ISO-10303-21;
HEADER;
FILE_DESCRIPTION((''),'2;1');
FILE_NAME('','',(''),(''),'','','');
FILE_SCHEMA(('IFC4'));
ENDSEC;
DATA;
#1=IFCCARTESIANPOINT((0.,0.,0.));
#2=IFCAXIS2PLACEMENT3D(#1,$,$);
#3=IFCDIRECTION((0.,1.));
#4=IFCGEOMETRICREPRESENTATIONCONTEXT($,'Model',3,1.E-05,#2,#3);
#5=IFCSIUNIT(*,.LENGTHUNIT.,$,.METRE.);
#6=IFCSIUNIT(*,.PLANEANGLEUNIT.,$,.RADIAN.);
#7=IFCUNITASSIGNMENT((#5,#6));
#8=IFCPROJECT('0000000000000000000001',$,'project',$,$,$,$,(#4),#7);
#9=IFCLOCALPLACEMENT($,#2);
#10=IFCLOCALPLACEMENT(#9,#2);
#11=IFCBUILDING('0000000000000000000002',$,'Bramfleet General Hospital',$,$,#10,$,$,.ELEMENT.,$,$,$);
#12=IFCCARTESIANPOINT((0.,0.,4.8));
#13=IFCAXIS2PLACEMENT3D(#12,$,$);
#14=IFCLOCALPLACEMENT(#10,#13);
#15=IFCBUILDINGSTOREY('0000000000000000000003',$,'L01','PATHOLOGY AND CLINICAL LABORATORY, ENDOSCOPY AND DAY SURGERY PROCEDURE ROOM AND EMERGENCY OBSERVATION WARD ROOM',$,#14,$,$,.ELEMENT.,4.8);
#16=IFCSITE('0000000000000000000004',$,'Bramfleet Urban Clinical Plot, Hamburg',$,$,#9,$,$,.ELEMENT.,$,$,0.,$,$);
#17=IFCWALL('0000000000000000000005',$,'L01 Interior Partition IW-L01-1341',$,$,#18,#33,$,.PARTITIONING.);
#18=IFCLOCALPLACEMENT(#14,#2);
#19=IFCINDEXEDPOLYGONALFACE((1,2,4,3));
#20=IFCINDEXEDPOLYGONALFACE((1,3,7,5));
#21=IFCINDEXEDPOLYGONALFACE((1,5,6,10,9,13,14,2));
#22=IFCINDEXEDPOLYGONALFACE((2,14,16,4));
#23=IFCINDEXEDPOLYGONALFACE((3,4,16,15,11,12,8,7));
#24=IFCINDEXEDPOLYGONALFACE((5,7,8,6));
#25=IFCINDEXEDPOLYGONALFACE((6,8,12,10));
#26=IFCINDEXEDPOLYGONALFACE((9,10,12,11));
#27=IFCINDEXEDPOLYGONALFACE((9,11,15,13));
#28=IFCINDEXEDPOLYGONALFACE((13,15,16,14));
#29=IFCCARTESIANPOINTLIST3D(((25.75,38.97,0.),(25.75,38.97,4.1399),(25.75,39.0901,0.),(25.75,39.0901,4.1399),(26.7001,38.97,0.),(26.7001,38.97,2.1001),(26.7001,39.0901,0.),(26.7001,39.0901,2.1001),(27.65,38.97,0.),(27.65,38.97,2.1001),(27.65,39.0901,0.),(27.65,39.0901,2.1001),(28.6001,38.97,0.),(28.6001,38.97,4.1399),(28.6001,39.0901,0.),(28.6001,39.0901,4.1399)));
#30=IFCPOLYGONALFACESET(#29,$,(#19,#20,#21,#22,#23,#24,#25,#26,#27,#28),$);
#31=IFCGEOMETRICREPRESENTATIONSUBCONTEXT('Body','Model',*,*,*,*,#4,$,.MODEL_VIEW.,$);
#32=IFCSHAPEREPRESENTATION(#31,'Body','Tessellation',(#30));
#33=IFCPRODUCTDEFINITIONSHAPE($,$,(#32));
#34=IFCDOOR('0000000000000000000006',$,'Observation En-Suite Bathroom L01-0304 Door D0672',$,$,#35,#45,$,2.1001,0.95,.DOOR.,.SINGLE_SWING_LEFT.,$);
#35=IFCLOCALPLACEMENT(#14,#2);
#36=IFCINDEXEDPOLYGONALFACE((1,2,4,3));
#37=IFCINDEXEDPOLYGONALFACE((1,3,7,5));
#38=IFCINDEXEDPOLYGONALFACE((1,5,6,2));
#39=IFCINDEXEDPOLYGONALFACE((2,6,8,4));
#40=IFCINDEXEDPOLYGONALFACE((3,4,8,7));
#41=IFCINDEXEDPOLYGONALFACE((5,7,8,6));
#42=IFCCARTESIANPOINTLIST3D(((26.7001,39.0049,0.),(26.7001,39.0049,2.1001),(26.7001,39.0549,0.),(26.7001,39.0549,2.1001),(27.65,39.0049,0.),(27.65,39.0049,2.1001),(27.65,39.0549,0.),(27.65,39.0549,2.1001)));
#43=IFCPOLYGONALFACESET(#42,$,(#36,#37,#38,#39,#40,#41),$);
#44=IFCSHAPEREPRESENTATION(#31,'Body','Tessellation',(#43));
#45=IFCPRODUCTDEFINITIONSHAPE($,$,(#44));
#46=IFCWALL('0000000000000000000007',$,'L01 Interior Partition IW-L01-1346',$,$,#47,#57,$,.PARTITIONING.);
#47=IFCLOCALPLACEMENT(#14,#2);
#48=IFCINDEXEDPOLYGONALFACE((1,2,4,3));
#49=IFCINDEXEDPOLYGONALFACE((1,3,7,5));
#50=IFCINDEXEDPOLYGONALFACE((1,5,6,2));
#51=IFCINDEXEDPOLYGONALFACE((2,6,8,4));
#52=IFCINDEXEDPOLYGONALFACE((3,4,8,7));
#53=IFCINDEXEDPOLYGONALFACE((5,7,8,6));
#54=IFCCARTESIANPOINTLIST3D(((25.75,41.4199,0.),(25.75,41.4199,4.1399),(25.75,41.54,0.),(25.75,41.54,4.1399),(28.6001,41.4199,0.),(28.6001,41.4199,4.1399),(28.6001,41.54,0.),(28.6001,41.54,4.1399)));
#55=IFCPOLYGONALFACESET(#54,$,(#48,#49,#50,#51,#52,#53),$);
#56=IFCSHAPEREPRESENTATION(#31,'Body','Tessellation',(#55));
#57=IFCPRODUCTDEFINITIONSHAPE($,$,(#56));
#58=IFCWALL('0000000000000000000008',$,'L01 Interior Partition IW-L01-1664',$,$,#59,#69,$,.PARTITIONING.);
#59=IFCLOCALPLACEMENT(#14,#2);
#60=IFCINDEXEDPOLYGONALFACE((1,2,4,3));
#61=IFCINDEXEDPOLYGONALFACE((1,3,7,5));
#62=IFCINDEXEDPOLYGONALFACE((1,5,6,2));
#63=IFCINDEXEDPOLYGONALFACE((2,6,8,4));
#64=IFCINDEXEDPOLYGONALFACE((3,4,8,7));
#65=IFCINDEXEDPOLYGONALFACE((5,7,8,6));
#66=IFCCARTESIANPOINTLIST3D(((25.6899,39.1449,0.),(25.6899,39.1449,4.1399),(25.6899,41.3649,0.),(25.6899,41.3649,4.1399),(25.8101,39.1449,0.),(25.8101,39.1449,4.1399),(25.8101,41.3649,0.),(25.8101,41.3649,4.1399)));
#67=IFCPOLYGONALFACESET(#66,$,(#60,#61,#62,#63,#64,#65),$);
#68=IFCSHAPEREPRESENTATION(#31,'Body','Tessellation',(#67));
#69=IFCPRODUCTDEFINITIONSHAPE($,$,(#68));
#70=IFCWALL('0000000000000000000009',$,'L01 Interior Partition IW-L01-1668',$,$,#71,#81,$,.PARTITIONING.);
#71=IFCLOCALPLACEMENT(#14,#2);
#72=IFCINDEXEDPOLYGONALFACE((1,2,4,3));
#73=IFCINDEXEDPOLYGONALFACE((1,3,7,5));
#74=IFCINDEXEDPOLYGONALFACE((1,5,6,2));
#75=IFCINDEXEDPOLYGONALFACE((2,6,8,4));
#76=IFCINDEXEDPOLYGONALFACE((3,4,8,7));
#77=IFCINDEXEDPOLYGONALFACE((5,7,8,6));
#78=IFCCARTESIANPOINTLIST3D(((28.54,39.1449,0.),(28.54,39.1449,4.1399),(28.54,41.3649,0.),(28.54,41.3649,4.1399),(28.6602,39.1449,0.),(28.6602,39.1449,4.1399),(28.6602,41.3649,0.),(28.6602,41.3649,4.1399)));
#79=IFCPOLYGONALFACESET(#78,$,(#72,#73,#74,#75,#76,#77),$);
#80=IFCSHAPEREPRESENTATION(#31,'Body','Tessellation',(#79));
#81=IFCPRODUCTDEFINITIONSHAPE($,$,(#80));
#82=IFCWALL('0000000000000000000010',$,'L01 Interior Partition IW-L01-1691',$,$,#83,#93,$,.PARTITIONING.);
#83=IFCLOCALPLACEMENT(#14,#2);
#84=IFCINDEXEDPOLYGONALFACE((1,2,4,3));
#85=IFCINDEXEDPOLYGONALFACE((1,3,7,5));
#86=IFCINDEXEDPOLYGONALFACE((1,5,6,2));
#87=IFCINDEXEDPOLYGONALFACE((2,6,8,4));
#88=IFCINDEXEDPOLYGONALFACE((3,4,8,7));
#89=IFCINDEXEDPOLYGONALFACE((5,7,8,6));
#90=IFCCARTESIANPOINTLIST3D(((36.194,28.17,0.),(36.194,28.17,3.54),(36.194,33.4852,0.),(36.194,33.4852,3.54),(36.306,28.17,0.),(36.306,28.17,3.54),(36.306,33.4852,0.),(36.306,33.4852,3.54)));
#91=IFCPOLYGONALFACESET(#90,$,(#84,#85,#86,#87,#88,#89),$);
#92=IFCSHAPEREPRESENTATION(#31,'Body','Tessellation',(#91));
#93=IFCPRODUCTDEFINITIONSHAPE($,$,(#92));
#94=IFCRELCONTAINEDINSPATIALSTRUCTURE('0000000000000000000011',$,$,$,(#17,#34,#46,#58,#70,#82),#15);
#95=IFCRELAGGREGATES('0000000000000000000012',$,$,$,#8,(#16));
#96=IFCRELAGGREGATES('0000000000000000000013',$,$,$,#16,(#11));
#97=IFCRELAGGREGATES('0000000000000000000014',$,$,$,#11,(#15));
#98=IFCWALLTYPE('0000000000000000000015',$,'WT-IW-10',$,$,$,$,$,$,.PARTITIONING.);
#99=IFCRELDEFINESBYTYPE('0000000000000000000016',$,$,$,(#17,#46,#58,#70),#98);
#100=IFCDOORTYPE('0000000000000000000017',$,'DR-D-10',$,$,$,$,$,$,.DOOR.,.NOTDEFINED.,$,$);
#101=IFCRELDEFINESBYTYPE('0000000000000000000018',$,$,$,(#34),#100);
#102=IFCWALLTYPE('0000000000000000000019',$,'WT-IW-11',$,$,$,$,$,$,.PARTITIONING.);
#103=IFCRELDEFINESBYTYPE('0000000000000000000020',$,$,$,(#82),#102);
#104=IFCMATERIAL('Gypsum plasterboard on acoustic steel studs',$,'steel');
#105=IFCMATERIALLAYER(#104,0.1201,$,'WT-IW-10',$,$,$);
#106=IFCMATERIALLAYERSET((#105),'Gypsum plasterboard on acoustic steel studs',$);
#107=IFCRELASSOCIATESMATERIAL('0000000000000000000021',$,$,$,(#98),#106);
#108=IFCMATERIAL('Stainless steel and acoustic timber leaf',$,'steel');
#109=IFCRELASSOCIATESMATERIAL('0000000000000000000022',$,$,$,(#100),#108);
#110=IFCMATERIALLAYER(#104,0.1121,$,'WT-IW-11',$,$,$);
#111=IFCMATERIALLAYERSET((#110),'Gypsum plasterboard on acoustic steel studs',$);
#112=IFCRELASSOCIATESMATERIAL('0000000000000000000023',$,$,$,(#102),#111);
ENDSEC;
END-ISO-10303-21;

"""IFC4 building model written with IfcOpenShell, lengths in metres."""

from ifc_helpers import new_model, si_unit, direction, frame, frame_2d, origin, place, context, subcontext, project, spatial, rectangle, extrude, material, layer, layer_set, type_object, element, fill, save


model = new_model("IFC4")

# Units and contexts
model_context = context("Model", 3, precision=1e-05, world=origin(), true_north=direction((0.0, 1.0)))
body_context = subcontext(model_context, "Body", "Model", "MODEL_VIEW")
ifc_project = project(units=[si_unit("LENGTHUNIT", "METRE"), si_unit("PLANEANGLEUNIT", "RADIAN")], contexts=[model_context])

# Site, building, storey
site_placement = place(None, origin())
site = spatial("IfcSite", under=ifc_project, at=site_placement, Name="Bramfleet Urban Clinical Plot, Hamburg", CompositionType="ELEMENT", RefElevation=0.0)
building_placement = place(site_placement, origin())
building = spatial("IfcBuilding", under=site, at=building_placement, Name="Bramfleet General Hospital", CompositionType="ELEMENT")
storey_placement = place(building_placement, frame((0.0, 0.0, 4.8)))
storey = spatial("IfcBuildingStorey", under=building, at=storey_placement, Name="L01", Description="PATHOLOGY AND CLINICAL LABORATORY, ENDOSCOPY AND DAY SURGERY PROCEDURE ROOM AND EMERGENCY OBSERVATION WARD ROOM", CompositionType="ELEMENT", Elevation=4.8)

# Shared definitions
ifc_material_1 = material(Name="Gypsum plasterboard on acoustic steel studs", Category="steel")
ifc_material_2 = material(Name="Stainless steel and acoustic timber leaf", Category="steel")

# Wall, opening, door
ifc_layer_1 = layer(ifc_material_1, 0.1201, Name="WT-IW-10")
ifc_layer_set_1 = layer_set([ifc_layer_1], Name="Gypsum plasterboard on acoustic steel studs")
wall_type_1 = type_object("IfcWallType", Name="WT-IW-10", PredefinedType="PARTITIONING", material=ifc_layer_set_1)
wall_1_placement = place(storey_placement, frame((25.75, 39.03, 0.0), z_axis=(0.0, 0.0, 1.0), x_axis=(1.0, 0.0, 0.0)))
wall_1 = element("IfcWall", 1, at=wall_1_placement, inside=storey, type_object=wall_type_1, Name="L01 Interior Partition IW-L01-1341", PredefinedType="PARTITIONING", context=body_context, shape_type="SweptSolid", body=[
    extrude(rectangle(XDim=2.8501, YDim=0.1201, at=frame_2d((1.425, 0.0))), origin(), (0.0, 0.0, 1.0), 4.1399),
])
opening_1_placement = place(wall_1_placement, frame((0.95, 0.0, 0.0)))
opening_1 = element("IfcOpeningElement", 2, at=opening_1_placement, cuts=wall_1, PredefinedType="OPENING", context=body_context, shape_type="SweptSolid", body=[
    extrude(rectangle(XDim=0.95, YDim=2.1001, at=frame_2d((0.4751, 1.05))), frame((0.0, 0.0701, 0.0), z_axis=(0.0, -1.0, 0.0), x_axis=(1.0, 0.0, 0.0)), (0.0, 0.0, 1.0), 0.1401),
])
door_type_1 = type_object("IfcDoorType", Name="DR-D-10", OperationType="NOTDEFINED", PredefinedType="DOOR", material=ifc_material_2)
door_1_placement = place(opening_1_placement, origin())
door_1 = element("IfcDoor", 3, at=door_1_placement, inside=storey, type_object=door_type_1, Name="Observation En-Suite Bathroom L01-0304 Door D0672", OperationType="SINGLE_SWING_LEFT", OverallHeight=2.1001, OverallWidth=0.95, PredefinedType="DOOR", context=body_context, shape_type="SweptSolid", body=[
    extrude(rectangle(XDim=0.95, YDim=2.1001, at=frame_2d((0.4751, 1.05))), frame((0.0, 0.0249, 0.0), z_axis=(0.0, -1.0, 0.0), x_axis=(1.0, 0.0, 0.0)), (0.0, 0.0, 1.0), 0.05),
])
fill(opening_1, door_1)

# Walls
wall_2_placement = place(storey_placement, frame((25.75, 41.48, 0.0), z_axis=(0.0, 0.0, 1.0), x_axis=(1.0, 0.0, 0.0)))
element("IfcWall", 4, at=wall_2_placement, inside=storey, type_object=wall_type_1, Name="L01 Interior Partition IW-L01-1346", PredefinedType="PARTITIONING", context=body_context, shape_type="SweptSolid", body=[
    extrude(rectangle(XDim=2.8501, YDim=0.1201, at=frame_2d((1.425, 0.0))), origin(), (0.0, 0.0, 1.0), 4.1399),
])
for number, where, z_axis, x_axis, name in (
    (5, (25.75, 39.145, 0.0), (0.0, 0.0, 1.0), (0.0, 1.0, 0.0), "L01 Interior Partition IW-L01-1664"),
    (6, (28.6001, 39.145, 0.0), (0.0, 0.0, 1.0), (0.0, 1.0, 0.0), "L01 Interior Partition IW-L01-1668"),
):
    element("IfcWall", number, at=place(storey_placement, frame(where, z_axis=z_axis, x_axis=x_axis)), inside=storey, type_object=wall_type_1, Name=name, PredefinedType="PARTITIONING", context=body_context, shape_type="SweptSolid", body=[
        extrude(rectangle(XDim=2.22, YDim=0.1201, at=frame_2d((1.1099, 0.0))), origin(), (0.0, 0.0, 1.0), 4.1399),
    ])
ifc_layer_2 = layer(ifc_material_1, 0.1121, Name="WT-IW-11")
ifc_layer_set_2 = layer_set([ifc_layer_2], Name="Gypsum plasterboard on acoustic steel studs")
wall_type_2 = type_object("IfcWallType", Name="WT-IW-11", PredefinedType="PARTITIONING", material=ifc_layer_set_2)
wall_3_placement = place(storey_placement, frame((36.25, 28.1699, 0.0), z_axis=(0.0, 0.0, 1.0), x_axis=(0.0, 1.0, 0.0)))
element("IfcWall", 7, at=wall_3_placement, inside=storey, type_object=wall_type_2, Name="L01 Interior Partition IW-L01-1691", PredefinedType="PARTITIONING", context=body_context, shape_type="SweptSolid", body=[
    extrude(rectangle(XDim=5.3152, YDim=0.1121, at=frame_2d((2.6577, 0.0))), origin(), (0.0, 0.0, 1.0), 3.54),
])

save(model, "model.ifc")
